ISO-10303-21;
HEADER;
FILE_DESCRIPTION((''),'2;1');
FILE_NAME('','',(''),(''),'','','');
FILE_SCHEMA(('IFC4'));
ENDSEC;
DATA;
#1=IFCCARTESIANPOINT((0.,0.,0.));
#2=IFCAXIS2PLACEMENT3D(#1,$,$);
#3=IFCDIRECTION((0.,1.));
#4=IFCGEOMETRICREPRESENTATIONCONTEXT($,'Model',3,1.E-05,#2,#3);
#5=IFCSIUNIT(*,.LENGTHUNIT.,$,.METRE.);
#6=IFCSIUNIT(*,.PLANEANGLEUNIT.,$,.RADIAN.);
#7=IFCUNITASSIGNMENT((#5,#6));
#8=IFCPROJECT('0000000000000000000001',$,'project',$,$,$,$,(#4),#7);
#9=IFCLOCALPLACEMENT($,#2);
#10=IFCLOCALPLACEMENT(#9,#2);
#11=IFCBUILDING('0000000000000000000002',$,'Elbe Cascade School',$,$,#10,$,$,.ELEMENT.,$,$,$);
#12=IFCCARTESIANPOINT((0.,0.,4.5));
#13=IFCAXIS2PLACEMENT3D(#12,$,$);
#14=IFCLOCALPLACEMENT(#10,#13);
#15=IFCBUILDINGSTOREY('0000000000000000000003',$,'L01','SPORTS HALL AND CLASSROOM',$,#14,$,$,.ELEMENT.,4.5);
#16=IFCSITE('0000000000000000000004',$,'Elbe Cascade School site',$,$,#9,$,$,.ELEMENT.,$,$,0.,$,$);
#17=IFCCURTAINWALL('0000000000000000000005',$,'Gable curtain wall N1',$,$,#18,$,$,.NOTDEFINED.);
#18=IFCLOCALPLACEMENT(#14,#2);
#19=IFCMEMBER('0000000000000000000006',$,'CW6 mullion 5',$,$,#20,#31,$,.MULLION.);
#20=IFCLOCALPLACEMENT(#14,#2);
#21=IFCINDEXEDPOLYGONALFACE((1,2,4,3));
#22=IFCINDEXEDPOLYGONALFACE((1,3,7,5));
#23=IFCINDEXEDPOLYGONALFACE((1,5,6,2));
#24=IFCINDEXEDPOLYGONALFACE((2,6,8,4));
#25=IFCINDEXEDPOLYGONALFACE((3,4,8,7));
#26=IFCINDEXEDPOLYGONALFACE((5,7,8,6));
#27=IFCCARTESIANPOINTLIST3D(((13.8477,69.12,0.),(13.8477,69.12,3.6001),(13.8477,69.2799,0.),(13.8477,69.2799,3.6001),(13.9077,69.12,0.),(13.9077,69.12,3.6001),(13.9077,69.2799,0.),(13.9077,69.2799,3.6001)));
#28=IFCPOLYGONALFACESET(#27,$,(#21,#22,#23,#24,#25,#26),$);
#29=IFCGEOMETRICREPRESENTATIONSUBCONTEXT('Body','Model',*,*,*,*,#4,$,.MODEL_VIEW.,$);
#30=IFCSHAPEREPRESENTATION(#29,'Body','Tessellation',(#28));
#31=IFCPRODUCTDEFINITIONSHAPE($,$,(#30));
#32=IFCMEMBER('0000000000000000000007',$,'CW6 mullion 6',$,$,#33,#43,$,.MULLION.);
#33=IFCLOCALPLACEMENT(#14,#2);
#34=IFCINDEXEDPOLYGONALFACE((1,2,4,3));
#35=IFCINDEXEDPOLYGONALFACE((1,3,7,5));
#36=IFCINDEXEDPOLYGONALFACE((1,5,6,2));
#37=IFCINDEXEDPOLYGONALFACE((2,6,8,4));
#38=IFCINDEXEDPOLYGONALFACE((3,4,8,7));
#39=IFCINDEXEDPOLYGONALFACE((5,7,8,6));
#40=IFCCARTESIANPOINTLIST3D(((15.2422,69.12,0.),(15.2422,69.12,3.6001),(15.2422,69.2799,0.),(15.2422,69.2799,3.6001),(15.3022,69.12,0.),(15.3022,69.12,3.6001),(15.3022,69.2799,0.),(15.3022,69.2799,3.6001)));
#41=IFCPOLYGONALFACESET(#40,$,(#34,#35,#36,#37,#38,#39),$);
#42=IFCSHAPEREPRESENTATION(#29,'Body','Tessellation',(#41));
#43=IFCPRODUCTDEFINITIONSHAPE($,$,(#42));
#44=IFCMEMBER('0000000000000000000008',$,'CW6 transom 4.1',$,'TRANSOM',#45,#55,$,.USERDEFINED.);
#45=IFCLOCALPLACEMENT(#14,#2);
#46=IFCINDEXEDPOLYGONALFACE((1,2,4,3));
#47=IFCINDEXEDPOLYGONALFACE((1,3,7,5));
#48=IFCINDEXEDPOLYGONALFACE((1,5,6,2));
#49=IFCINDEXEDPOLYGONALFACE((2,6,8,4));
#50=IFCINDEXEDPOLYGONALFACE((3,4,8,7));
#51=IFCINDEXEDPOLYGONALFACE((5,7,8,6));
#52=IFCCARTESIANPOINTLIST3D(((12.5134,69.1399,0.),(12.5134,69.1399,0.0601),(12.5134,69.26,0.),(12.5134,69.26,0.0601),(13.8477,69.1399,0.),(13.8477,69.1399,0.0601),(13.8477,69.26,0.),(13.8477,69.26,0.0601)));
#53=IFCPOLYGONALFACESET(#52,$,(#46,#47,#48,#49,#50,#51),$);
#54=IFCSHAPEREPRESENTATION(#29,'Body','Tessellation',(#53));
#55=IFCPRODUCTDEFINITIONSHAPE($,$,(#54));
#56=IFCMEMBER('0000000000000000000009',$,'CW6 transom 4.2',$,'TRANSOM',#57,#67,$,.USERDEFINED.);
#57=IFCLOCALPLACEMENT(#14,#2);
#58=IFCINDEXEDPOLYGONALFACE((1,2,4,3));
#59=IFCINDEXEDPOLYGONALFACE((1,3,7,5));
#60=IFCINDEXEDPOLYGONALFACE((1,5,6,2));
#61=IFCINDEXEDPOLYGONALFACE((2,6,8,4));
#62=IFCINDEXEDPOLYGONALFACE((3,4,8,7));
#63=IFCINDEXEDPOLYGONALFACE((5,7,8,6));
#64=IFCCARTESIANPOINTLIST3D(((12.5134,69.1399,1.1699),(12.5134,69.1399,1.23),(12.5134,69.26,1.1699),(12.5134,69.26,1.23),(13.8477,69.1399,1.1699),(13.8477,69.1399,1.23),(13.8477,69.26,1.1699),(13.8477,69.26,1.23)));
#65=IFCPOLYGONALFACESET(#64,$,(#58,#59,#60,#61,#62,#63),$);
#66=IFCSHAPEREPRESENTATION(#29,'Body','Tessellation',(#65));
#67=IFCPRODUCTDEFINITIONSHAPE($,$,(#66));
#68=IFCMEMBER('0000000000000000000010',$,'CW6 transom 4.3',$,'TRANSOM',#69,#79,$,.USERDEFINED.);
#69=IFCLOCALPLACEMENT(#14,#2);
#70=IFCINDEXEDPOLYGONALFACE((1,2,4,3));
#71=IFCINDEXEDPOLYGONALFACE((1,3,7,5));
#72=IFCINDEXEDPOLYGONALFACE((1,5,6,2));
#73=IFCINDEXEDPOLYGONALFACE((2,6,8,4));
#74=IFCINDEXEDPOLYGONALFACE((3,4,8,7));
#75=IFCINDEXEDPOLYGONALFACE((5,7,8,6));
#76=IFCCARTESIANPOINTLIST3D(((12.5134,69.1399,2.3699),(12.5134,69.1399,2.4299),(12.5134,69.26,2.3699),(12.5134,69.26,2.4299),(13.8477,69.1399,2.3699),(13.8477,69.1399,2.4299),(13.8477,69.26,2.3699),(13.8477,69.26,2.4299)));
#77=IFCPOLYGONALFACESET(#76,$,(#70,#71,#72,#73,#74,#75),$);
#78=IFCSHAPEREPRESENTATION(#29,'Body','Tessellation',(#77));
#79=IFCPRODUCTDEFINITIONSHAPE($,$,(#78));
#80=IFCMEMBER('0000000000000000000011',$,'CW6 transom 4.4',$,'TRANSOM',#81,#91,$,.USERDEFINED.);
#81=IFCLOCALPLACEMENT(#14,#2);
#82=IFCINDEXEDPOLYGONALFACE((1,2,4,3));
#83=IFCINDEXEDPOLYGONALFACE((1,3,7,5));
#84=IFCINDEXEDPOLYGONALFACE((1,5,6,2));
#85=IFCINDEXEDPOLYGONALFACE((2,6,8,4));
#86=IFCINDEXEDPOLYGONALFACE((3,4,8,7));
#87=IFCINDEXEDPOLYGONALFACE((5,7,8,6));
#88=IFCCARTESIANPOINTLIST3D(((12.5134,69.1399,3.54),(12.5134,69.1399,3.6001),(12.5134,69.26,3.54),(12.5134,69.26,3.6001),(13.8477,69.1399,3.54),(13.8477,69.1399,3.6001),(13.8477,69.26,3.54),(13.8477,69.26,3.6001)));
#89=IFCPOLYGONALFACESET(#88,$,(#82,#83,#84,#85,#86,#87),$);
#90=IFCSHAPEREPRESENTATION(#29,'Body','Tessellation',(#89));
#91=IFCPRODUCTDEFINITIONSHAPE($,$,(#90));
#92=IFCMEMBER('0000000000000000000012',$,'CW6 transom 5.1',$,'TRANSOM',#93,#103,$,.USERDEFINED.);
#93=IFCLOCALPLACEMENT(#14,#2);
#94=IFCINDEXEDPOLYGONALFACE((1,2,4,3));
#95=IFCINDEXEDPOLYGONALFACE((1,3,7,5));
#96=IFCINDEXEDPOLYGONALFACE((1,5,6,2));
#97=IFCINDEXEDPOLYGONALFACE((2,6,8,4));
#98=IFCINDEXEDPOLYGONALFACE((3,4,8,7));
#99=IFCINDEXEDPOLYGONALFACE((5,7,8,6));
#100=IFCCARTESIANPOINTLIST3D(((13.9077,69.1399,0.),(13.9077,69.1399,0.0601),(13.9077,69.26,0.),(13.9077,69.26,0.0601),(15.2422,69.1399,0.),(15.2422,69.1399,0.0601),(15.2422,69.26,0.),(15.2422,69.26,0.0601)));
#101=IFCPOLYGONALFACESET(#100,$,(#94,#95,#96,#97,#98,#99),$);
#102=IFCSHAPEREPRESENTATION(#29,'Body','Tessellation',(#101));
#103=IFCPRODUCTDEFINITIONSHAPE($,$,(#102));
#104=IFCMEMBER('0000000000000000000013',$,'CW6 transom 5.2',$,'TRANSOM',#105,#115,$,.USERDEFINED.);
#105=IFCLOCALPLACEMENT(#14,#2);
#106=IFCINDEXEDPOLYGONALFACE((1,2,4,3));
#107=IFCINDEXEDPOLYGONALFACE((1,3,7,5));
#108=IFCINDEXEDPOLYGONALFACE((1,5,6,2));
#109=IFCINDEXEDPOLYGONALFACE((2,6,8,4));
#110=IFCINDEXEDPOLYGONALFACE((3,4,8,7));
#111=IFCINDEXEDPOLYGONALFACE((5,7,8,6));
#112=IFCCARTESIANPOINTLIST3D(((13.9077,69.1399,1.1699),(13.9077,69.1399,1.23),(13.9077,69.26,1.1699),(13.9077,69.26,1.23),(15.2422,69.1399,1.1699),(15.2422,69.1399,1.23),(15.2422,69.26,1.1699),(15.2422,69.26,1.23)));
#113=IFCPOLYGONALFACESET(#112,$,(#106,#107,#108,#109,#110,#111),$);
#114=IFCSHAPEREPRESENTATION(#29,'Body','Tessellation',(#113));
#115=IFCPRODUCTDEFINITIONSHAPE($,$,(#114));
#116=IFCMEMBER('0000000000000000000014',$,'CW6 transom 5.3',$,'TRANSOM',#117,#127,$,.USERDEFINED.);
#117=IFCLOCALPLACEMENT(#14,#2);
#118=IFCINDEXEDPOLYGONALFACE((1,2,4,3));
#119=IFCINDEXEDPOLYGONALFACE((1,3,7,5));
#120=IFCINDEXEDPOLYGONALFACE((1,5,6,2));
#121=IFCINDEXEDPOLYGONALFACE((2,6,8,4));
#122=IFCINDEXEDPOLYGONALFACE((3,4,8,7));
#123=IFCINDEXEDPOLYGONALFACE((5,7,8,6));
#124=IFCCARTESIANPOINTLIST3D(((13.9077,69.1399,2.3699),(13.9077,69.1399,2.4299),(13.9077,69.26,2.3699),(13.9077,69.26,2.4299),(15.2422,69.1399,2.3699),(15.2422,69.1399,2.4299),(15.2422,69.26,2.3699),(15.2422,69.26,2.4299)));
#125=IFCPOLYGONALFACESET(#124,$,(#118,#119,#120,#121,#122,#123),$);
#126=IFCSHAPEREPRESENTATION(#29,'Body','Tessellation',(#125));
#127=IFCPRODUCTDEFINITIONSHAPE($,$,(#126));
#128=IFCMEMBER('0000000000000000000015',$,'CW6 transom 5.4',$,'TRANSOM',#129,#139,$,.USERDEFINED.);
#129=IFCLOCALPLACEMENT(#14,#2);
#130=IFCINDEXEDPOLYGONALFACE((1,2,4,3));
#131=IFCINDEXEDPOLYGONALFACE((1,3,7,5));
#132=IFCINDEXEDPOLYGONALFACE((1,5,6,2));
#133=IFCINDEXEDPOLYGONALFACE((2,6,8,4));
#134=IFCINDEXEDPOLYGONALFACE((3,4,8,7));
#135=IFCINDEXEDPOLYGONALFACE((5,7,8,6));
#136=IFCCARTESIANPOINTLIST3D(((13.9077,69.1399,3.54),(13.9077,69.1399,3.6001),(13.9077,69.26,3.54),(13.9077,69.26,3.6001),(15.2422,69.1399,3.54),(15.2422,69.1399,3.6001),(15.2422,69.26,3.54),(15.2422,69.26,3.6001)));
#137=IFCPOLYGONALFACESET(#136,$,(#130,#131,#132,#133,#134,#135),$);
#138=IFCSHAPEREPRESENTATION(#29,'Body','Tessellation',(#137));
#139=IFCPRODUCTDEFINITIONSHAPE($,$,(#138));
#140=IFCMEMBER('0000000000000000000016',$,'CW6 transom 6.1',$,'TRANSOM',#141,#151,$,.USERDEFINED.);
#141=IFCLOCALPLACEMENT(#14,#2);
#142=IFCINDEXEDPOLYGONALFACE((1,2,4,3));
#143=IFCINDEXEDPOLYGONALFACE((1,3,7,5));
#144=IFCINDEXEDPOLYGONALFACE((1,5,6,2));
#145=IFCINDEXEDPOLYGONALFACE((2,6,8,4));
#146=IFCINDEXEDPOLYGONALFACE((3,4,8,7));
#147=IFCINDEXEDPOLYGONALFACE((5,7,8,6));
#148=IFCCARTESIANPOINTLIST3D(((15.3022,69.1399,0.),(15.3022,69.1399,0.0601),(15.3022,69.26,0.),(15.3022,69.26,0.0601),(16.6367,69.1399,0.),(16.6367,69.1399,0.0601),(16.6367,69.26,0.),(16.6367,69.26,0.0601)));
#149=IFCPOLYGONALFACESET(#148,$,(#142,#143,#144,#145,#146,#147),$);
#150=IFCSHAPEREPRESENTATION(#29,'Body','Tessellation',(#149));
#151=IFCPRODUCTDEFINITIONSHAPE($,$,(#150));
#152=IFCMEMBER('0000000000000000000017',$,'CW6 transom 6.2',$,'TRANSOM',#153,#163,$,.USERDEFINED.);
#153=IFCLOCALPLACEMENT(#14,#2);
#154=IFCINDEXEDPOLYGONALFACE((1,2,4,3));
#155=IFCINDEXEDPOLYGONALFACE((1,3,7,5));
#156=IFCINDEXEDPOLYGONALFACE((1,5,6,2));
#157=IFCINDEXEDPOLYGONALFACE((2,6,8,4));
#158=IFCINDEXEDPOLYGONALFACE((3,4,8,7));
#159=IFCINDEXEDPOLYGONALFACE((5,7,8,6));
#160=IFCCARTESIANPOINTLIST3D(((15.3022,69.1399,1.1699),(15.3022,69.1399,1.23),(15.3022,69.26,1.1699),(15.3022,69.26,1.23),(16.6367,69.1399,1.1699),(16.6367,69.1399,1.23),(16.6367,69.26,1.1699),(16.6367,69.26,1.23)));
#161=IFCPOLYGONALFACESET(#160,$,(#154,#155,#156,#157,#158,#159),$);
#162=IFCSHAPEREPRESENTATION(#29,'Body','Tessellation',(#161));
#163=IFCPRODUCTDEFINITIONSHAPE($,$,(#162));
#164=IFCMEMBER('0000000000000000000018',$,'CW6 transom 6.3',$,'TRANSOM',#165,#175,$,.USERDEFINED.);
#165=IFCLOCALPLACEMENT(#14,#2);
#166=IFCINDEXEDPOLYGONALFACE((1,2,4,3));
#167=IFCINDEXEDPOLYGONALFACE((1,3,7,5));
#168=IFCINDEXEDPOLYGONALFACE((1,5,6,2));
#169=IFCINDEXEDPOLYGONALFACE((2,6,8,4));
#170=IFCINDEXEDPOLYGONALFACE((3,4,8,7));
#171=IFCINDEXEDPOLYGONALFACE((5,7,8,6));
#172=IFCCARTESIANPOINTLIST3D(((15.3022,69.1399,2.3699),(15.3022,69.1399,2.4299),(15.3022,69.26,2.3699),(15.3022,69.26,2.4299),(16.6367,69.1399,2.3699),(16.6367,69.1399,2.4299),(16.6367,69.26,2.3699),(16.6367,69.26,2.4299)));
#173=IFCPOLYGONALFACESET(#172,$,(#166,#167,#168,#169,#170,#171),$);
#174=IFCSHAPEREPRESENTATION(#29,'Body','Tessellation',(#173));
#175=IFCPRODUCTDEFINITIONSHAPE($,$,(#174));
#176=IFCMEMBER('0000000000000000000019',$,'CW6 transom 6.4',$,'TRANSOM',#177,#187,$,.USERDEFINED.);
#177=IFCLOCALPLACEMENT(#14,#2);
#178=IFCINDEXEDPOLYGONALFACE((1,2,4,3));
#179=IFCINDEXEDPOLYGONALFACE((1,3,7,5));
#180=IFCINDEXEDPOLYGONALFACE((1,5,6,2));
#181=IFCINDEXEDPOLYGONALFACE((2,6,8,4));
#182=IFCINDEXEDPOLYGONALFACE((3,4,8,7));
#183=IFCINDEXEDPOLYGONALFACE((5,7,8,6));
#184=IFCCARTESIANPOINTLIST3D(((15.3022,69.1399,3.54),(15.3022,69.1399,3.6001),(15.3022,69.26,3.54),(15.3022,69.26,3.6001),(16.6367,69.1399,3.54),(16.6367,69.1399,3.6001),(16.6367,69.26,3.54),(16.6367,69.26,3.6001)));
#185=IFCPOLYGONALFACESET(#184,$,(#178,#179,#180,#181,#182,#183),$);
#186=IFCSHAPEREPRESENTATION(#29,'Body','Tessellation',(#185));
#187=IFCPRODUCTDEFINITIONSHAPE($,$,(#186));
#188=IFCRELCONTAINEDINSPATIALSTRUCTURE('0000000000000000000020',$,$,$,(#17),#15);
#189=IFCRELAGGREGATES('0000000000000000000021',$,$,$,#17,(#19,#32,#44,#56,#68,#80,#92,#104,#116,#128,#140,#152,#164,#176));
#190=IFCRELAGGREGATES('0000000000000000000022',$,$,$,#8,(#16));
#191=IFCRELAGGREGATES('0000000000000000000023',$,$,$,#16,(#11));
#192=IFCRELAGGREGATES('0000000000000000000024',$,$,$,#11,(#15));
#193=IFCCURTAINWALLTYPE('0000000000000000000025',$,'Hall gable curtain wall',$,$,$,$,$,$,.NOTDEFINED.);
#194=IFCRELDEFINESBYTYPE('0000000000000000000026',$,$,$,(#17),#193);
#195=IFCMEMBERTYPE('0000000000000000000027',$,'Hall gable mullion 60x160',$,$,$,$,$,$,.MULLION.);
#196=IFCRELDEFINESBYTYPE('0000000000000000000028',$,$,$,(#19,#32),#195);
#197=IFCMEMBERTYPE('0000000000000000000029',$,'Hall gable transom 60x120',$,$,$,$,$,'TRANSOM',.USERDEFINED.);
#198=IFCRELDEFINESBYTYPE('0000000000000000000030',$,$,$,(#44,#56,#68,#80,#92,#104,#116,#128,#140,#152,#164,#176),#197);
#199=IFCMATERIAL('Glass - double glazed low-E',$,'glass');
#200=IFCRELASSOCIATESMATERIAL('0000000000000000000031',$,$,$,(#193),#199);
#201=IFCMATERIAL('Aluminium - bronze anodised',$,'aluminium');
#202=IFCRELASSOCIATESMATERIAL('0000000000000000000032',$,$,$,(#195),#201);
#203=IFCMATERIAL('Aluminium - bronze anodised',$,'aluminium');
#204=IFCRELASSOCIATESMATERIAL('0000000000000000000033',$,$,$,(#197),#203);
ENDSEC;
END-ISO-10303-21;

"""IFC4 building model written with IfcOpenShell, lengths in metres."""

from ifc_helpers import new_model, si_unit, direction, frame, origin, origin_2d, place, context, subcontext, project, spatial, rectangle, extrude, material, material_profile, profile_set, type_object, element, aggregate, save


model = new_model("IFC4")

# Units and contexts
model_context = context("Model", 3, precision=1e-05, world=origin(), true_north=direction((0.0, 1.0)))
body_context = subcontext(model_context, "Body", "Model", "MODEL_VIEW")
ifc_project = project(units=[si_unit("LENGTHUNIT", "METRE"), si_unit("PLANEANGLEUNIT", "RADIAN")], contexts=[model_context])

# Site, building, storey
site_placement = place(None, origin())
site = spatial("IfcSite", under=ifc_project, at=site_placement, Name="Elbe Cascade School site", CompositionType="ELEMENT", RefElevation=0.0)
building_placement = place(site_placement, origin())
building = spatial("IfcBuilding", under=site, at=building_placement, Name="Elbe Cascade School", CompositionType="ELEMENT")
storey_placement = place(building_placement, frame((0.0, 0.0, 4.5)))
storey = spatial("IfcBuildingStorey", under=building, at=storey_placement, Name="L01", Description="SPORTS HALL AND CLASSROOM", CompositionType="ELEMENT", Elevation=4.5)

# Curtain wall, members
ifc_material_1 = material(Name="Glass - double glazed low-E", Category="glass")
curtain_wall_type = type_object("IfcCurtainWallType", Name="Hall gable curtain wall", PredefinedType="NOTDEFINED", material=ifc_material_1)
curtain_wall_placement = place(storey_placement, origin())
curtain_wall = element("IfcCurtainWall", 1, at=curtain_wall_placement, inside=storey, type_object=curtain_wall_type, Name="Gable curtain wall N1", PredefinedType="NOTDEFINED")
ifc_material_2 = material(Name="Aluminium - bronze anodised", Category="aluminium")
ifc_material_profile_1 = material_profile(ifc_material_2, rectangle(XDim=0.1599, YDim=0.0601, at=origin_2d()), Name="Alu 60x160")
ifc_profile_set_1 = profile_set([ifc_material_profile_1], Name="Aluminium - bronze anodised")
member_type_1 = type_object("IfcMemberType", Name="Hall gable mullion 60x160", PredefinedType="MULLION", material=ifc_profile_set_1)
member_1_placement = place(storey_placement, frame((13.8777, 69.2, 0.0), z_axis=(0.0, 0.0, 1.0), x_axis=(0.0, 1.0, 0.0)))
member_1 = element("IfcMember", 2, at=member_1_placement, type_object=member_type_1, Name="CW6 mullion 5", PredefinedType="MULLION", context=body_context, shape_type="SweptSolid", body=[
    extrude(rectangle(XDim=0.1599, YDim=0.0601, at=origin_2d()), origin(), (0.0, 0.0, 1.0), 3.6001),
])
member_2_placement = place(storey_placement, frame((15.2722, 69.2, 0.0), z_axis=(0.0, 0.0, 1.0), x_axis=(0.0, 1.0, 0.0)))
member_2 = element("IfcMember", 3, at=member_2_placement, type_object=member_type_1, Name="CW6 mullion 6", PredefinedType="MULLION", context=body_context, shape_type="SweptSolid", body=[
    extrude(rectangle(XDim=0.1599, YDim=0.0601, at=origin_2d()), origin(), (0.0, 0.0, 1.0), 3.6001),
])
ifc_material_3 = material(Name="Aluminium - bronze anodised", Category="aluminium")
ifc_material_profile_2 = material_profile(ifc_material_3, rectangle(XDim=0.1201, YDim=0.0601, at=origin_2d()), Name="Alu 60x120")
ifc_profile_set_2 = profile_set([ifc_material_profile_2], Name="Aluminium - bronze anodised")
member_type_2 = type_object("IfcMemberType", Name="Hall gable transom 60x120", ElementType="TRANSOM", PredefinedType="USERDEFINED", material=ifc_profile_set_2)
member_3_placement = place(storey_placement, frame((12.5134, 69.2, 0.03), z_axis=(1.0, 0.0, 0.0), x_axis=(0.0, 1.0, 0.0)))
member_3 = element("IfcMember", 4, at=member_3_placement, type_object=member_type_2, Name="CW6 transom 4.1", ObjectType="TRANSOM", PredefinedType="USERDEFINED", context=body_context, shape_type="SweptSolid", body=[
    extrude(rectangle(XDim=0.1201, YDim=0.0601, at=origin_2d()), origin(), (0.0, 0.0, 1.0), 1.3342),
])
member_4_placement = place(storey_placement, frame((12.5134, 69.2, 1.2), z_axis=(1.0, 0.0, 0.0), x_axis=(0.0, 1.0, 0.0)))
member_4 = element("IfcMember", 5, at=member_4_placement, type_object=member_type_2, Name="CW6 transom 4.2", ObjectType="TRANSOM", PredefinedType="USERDEFINED", context=body_context, shape_type="SweptSolid", body=[
    extrude(rectangle(XDim=0.1201, YDim=0.0601, at=origin_2d()), origin(), (0.0, 0.0, 1.0), 1.3342),
])
member_5_placement = place(storey_placement, frame((12.5134, 69.2, 2.3999), z_axis=(1.0, 0.0, 0.0), x_axis=(0.0, 1.0, 0.0)))
member_5 = element("IfcMember", 6, at=member_5_placement, type_object=member_type_2, Name="CW6 transom 4.3", ObjectType="TRANSOM", PredefinedType="USERDEFINED", context=body_context, shape_type="SweptSolid", body=[
    extrude(rectangle(XDim=0.1201, YDim=0.0601, at=origin_2d()), origin(), (0.0, 0.0, 1.0), 1.3342),
])
member_6_placement = place(storey_placement, frame((12.5134, 69.2, 3.5701), z_axis=(1.0, 0.0, 0.0), x_axis=(0.0, 1.0, 0.0)))
member_6 = element("IfcMember", 7, at=member_6_placement, type_object=member_type_2, Name="CW6 transom 4.4", ObjectType="TRANSOM", PredefinedType="USERDEFINED", context=body_context, shape_type="SweptSolid", body=[
    extrude(rectangle(XDim=0.1201, YDim=0.0601, at=origin_2d()), origin(), (0.0, 0.0, 1.0), 1.3342),
])
member_7_placement = place(storey_placement, frame((13.9077, 69.2, 0.03), z_axis=(1.0, 0.0, 0.0), x_axis=(0.0, 1.0, 0.0)))
member_7 = element("IfcMember", 8, at=member_7_placement, type_object=member_type_2, Name="CW6 transom 5.1", ObjectType="TRANSOM", PredefinedType="USERDEFINED", context=body_context, shape_type="SweptSolid", body=[
    extrude(rectangle(XDim=0.1201, YDim=0.0601, at=origin_2d()), origin(), (0.0, 0.0, 1.0), 1.3345),
])
member_8_placement = place(storey_placement, frame((13.9077, 69.2, 1.2), z_axis=(1.0, 0.0, 0.0), x_axis=(0.0, 1.0, 0.0)))
member_8 = element("IfcMember", 9, at=member_8_placement, type_object=member_type_2, Name="CW6 transom 5.2", ObjectType="TRANSOM", PredefinedType="USERDEFINED", context=body_context, shape_type="SweptSolid", body=[
    extrude(rectangle(XDim=0.1201, YDim=0.0601, at=origin_2d()), origin(), (0.0, 0.0, 1.0), 1.3345),
])
member_9_placement = place(storey_placement, frame((13.9077, 69.2, 2.3999), z_axis=(1.0, 0.0, 0.0), x_axis=(0.0, 1.0, 0.0)))
member_9 = element("IfcMember", 10, at=member_9_placement, type_object=member_type_2, Name="CW6 transom 5.3", ObjectType="TRANSOM", PredefinedType="USERDEFINED", context=body_context, shape_type="SweptSolid", body=[
    extrude(rectangle(XDim=0.1201, YDim=0.0601, at=origin_2d()), origin(), (0.0, 0.0, 1.0), 1.3345),
])
member_10_placement = place(storey_placement, frame((13.9077, 69.2, 3.5701), z_axis=(1.0, 0.0, 0.0), x_axis=(0.0, 1.0, 0.0)))
member_10 = element("IfcMember", 11, at=member_10_placement, type_object=member_type_2, Name="CW6 transom 5.4", ObjectType="TRANSOM", PredefinedType="USERDEFINED", context=body_context, shape_type="SweptSolid", body=[
    extrude(rectangle(XDim=0.1201, YDim=0.0601, at=origin_2d()), origin(), (0.0, 0.0, 1.0), 1.3345),
])
member_11_placement = place(storey_placement, frame((15.3022, 69.2, 0.03), z_axis=(1.0, 0.0, 0.0), x_axis=(0.0, 1.0, 0.0)))
member_11 = element("IfcMember", 12, at=member_11_placement, type_object=member_type_2, Name="CW6 transom 6.1", ObjectType="TRANSOM", PredefinedType="USERDEFINED", context=body_context, shape_type="SweptSolid", body=[
    extrude(rectangle(XDim=0.1201, YDim=0.0601, at=origin_2d()), origin(), (0.0, 0.0, 1.0), 1.3345),
])
member_12_placement = place(storey_placement, frame((15.3022, 69.2, 1.2), z_axis=(1.0, 0.0, 0.0), x_axis=(0.0, 1.0, 0.0)))
member_12 = element("IfcMember", 13, at=member_12_placement, type_object=member_type_2, Name="CW6 transom 6.2", ObjectType="TRANSOM", PredefinedType="USERDEFINED", context=body_context, shape_type="SweptSolid", body=[
    extrude(rectangle(XDim=0.1201, YDim=0.0601, at=origin_2d()), origin(), (0.0, 0.0, 1.0), 1.3345),
])
member_13_placement = place(storey_placement, frame((15.3022, 69.2, 2.3999), z_axis=(1.0, 0.0, 0.0), x_axis=(0.0, 1.0, 0.0)))
member_13 = element("IfcMember", 14, at=member_13_placement, type_object=member_type_2, Name="CW6 transom 6.3", ObjectType="TRANSOM", PredefinedType="USERDEFINED", context=body_context, shape_type="SweptSolid", body=[
    extrude(rectangle(XDim=0.1201, YDim=0.0601, at=origin_2d()), origin(), (0.0, 0.0, 1.0), 1.3345),
])
member_14_placement = place(storey_placement, frame((15.3022, 69.2, 3.5701), z_axis=(1.0, 0.0, 0.0), x_axis=(0.0, 1.0, 0.0)))
member_14 = element("IfcMember", 15, at=member_14_placement, type_object=member_type_2, Name="CW6 transom 6.4", ObjectType="TRANSOM", PredefinedType="USERDEFINED", context=body_context, shape_type="SweptSolid", body=[
    extrude(rectangle(XDim=0.1201, YDim=0.0601, at=origin_2d()), origin(), (0.0, 0.0, 1.0), 1.3345),
])
aggregate(curtain_wall, [member_1, member_2, member_3, member_4, member_5, member_6, member_7, member_8, member_9, member_10, member_11, member_12, member_13, member_14])

save(model, "model.ifc")
